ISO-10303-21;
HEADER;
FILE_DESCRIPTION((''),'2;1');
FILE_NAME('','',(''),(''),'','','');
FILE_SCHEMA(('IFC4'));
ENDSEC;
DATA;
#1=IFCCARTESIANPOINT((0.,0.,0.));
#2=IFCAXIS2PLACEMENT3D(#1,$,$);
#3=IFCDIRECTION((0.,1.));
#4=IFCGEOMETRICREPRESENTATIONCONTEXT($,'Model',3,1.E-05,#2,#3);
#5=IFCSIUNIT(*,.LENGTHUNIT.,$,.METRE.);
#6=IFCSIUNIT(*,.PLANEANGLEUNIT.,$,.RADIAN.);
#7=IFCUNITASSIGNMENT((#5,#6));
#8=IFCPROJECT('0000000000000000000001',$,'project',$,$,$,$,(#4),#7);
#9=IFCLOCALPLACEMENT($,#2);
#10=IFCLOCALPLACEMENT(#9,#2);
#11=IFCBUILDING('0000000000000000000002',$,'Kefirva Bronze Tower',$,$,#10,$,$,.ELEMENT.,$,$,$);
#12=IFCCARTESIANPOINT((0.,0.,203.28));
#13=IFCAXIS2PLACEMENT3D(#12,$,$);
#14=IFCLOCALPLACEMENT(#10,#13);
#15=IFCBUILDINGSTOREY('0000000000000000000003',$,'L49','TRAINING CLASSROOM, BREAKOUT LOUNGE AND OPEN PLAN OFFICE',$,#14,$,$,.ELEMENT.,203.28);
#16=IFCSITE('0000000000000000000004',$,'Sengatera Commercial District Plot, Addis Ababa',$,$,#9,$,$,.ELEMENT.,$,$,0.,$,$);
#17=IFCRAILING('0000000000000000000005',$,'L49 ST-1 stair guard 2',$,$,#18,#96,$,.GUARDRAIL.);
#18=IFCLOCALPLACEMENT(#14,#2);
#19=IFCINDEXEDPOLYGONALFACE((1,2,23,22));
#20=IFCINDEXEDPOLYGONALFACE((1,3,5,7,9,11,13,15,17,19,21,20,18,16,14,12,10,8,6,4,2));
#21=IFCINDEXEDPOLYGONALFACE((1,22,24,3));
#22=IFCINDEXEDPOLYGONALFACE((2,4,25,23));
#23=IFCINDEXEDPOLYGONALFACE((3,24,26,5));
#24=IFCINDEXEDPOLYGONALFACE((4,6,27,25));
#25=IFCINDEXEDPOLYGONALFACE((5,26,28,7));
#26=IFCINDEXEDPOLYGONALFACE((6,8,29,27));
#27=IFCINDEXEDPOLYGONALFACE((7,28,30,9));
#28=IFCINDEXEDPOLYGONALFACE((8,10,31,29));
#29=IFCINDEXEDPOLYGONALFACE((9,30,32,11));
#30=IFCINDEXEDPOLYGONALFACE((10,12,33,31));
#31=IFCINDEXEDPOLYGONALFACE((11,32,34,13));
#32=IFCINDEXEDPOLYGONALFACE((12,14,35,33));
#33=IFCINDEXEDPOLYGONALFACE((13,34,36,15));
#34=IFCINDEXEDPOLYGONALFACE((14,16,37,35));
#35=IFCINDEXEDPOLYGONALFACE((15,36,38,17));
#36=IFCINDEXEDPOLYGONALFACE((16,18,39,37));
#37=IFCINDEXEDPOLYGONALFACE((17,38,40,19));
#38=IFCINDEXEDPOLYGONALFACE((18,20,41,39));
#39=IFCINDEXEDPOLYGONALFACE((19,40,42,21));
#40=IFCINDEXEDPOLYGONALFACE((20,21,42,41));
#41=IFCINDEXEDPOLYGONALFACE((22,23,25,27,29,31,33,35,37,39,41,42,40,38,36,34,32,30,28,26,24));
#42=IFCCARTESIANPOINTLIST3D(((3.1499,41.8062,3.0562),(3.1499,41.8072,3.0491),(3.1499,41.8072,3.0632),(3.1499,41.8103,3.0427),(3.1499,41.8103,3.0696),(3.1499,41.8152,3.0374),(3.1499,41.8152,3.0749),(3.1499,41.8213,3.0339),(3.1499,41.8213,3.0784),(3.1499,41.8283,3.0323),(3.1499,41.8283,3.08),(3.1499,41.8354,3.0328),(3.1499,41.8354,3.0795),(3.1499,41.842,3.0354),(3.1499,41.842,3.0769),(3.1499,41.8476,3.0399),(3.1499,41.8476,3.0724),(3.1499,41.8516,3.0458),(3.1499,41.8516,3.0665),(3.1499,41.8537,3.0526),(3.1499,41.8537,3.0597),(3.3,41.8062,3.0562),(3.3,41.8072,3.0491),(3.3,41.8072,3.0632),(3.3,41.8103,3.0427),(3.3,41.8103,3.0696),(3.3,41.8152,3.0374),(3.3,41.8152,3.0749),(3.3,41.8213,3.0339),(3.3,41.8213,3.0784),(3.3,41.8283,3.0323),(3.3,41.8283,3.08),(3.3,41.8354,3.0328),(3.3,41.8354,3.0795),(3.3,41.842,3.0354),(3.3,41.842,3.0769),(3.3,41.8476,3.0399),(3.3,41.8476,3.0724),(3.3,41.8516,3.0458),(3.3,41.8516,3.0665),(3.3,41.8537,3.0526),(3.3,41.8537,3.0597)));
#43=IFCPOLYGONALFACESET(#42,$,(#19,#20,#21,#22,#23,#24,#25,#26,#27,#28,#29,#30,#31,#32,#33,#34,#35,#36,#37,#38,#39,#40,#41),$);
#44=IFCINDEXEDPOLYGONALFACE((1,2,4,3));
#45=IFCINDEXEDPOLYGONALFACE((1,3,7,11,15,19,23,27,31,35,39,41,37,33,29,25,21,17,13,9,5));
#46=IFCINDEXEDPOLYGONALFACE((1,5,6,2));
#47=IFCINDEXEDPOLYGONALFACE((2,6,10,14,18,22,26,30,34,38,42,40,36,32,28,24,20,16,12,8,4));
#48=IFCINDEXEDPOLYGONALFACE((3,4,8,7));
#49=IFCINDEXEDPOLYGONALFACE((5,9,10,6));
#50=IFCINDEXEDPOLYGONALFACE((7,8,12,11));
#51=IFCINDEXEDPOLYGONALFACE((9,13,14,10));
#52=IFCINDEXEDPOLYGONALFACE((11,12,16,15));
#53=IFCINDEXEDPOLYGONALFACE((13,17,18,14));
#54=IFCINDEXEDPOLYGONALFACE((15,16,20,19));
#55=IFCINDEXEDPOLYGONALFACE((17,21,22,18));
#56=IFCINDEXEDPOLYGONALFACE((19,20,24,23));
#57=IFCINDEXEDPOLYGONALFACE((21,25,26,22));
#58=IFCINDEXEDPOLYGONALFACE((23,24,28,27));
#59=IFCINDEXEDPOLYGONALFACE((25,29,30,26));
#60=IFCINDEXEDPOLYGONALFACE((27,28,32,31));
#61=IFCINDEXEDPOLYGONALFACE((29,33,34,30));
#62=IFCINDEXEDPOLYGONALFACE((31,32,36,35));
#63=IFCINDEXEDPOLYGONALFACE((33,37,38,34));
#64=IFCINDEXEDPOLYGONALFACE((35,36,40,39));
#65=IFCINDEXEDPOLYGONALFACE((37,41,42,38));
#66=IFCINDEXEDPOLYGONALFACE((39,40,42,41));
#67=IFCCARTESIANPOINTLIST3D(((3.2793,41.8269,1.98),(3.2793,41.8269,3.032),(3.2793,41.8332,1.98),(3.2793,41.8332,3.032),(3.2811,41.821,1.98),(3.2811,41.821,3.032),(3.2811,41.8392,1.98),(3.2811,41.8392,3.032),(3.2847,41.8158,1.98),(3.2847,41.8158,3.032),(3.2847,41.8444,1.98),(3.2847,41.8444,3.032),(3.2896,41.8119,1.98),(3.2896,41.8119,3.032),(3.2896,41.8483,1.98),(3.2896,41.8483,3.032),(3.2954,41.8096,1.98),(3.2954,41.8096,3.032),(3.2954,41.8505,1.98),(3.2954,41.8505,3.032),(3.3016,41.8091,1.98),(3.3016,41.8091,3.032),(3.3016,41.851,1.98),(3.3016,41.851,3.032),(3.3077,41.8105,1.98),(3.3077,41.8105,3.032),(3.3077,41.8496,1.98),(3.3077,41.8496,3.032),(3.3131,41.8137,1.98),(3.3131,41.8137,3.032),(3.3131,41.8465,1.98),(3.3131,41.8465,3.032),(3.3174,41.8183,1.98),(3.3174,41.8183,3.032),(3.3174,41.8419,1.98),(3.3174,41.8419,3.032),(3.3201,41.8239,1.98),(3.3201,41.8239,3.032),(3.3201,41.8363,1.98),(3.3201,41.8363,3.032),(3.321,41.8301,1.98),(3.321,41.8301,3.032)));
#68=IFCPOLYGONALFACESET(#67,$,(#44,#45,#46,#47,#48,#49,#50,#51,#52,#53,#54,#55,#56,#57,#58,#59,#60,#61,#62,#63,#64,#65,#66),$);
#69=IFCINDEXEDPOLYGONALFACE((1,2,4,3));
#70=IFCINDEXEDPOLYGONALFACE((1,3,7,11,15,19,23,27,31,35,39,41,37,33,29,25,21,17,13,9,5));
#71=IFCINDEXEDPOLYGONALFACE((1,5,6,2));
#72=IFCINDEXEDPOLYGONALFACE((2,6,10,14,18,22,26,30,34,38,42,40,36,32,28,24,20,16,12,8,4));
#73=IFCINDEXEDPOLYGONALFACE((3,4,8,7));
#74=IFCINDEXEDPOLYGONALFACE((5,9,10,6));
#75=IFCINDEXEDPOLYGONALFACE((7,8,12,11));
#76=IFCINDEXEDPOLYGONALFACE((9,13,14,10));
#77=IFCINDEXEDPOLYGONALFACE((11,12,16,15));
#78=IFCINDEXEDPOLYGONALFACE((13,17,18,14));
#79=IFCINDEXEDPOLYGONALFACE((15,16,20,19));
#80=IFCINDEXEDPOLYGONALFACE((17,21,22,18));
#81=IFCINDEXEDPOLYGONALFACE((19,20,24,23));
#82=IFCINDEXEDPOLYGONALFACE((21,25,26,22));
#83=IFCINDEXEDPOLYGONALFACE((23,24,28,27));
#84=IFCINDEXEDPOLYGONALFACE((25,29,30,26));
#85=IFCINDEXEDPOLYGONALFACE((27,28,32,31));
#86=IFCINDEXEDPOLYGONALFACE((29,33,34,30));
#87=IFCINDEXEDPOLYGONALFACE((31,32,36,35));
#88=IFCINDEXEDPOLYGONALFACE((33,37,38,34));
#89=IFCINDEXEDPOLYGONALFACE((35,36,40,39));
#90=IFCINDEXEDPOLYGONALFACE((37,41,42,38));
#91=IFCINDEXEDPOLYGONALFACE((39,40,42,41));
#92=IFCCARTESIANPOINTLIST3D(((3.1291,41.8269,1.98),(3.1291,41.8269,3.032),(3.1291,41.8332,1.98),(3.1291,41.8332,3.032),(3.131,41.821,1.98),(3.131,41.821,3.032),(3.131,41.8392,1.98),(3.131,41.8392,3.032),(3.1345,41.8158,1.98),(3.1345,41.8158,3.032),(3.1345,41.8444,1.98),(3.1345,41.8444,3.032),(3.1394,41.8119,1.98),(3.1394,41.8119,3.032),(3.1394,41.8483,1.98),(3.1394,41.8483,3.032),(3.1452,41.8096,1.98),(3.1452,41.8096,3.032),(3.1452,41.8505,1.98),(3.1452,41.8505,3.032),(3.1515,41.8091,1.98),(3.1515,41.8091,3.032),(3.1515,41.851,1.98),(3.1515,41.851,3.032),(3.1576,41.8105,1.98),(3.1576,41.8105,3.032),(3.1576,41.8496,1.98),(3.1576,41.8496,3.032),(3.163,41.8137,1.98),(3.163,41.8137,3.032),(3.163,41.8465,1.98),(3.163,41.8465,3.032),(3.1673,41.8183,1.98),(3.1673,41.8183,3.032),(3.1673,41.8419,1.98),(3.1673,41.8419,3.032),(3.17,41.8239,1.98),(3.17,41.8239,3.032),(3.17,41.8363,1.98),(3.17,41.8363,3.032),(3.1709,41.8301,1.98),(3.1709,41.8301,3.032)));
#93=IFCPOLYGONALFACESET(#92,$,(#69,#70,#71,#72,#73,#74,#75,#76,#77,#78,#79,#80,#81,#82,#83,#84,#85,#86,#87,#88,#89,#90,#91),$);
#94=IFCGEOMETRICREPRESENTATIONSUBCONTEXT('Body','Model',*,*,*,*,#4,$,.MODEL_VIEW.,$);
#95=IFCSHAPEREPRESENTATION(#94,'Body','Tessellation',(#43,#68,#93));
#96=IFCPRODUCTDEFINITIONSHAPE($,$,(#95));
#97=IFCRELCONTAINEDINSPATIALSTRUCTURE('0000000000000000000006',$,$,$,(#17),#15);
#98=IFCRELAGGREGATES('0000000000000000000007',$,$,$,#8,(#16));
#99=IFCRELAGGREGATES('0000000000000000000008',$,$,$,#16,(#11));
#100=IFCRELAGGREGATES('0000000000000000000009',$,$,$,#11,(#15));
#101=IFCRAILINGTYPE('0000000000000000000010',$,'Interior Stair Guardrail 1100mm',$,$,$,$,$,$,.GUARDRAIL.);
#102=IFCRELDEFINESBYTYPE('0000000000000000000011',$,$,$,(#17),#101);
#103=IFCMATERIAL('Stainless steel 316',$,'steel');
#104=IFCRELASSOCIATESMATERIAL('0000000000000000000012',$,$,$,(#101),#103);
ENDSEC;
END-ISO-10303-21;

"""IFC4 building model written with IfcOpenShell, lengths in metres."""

from ifc_helpers import new_model, si_unit, direction, frame, origin, origin_2d, place, context, subcontext, project, spatial, circle, extrude, material, type_object, element, save


model = new_model("IFC4")

# Units and contexts
model_context = context("Model", 3, precision=1e-05, world=origin(), true_north=direction((0.0, 1.0)))
body_context = subcontext(model_context, "Body", "Model", "MODEL_VIEW")
ifc_project = project(units=[si_unit("LENGTHUNIT", "METRE"), si_unit("PLANEANGLEUNIT", "RADIAN")], contexts=[model_context])

# Site, building, storey
site_placement = place(None, origin())
site = spatial("IfcSite", under=ifc_project, at=site_placement, Name="Sengatera Commercial District Plot, Addis Ababa", CompositionType="ELEMENT", RefElevation=0.0)
building_placement = place(site_placement, origin())
building = spatial("IfcBuilding", under=site, at=building_placement, Name="Kefirva Bronze Tower", CompositionType="ELEMENT")
storey_placement = place(building_placement, frame((0.0, 0.0, 203.28)))
storey = spatial("IfcBuildingStorey", under=building, at=storey_placement, Name="L49", Description="TRAINING CLASSROOM, BREAKOUT LOUNGE AND OPEN PLAN OFFICE", CompositionType="ELEMENT", Elevation=203.28)

# Railing
ifc_material_1 = material(Name="Stainless steel 316", Category="steel")
railing_type_1 = type_object("IfcRailingType", Name="Interior Stair Guardrail 1100mm", PredefinedType="GUARDRAIL", material=ifc_material_1)
railing_1_placement = place(storey_placement, frame((3.3, 41.8301, 1.98)))
element("IfcRailing", 1, at=railing_1_placement, inside=storey, type_object=railing_type_1, Name="L49 ST-1 stair guard 2", PredefinedType="GUARDRAIL", context=body_context, shape_type="SweptSolid", body=[
    extrude(circle(Radius=0.0239, at=origin_2d()), frame((0.0, 0.0, 1.0762), z_axis=(-1.0, 0.0, 0.0), x_axis=(0.0, -1.0, 0.0)), (0.0, 0.0, 1.0), 0.1501),
    extrude(circle(Radius=0.021, at=origin_2d()), origin(), (0.0, 0.0, 1.0), 1.052),
    extrude(circle(Radius=0.021, at=origin_2d()), frame((-0.1501, 0.0, 0.0)), (0.0, 0.0, 1.0), 1.052),
])

save(model, "model.ifc")
